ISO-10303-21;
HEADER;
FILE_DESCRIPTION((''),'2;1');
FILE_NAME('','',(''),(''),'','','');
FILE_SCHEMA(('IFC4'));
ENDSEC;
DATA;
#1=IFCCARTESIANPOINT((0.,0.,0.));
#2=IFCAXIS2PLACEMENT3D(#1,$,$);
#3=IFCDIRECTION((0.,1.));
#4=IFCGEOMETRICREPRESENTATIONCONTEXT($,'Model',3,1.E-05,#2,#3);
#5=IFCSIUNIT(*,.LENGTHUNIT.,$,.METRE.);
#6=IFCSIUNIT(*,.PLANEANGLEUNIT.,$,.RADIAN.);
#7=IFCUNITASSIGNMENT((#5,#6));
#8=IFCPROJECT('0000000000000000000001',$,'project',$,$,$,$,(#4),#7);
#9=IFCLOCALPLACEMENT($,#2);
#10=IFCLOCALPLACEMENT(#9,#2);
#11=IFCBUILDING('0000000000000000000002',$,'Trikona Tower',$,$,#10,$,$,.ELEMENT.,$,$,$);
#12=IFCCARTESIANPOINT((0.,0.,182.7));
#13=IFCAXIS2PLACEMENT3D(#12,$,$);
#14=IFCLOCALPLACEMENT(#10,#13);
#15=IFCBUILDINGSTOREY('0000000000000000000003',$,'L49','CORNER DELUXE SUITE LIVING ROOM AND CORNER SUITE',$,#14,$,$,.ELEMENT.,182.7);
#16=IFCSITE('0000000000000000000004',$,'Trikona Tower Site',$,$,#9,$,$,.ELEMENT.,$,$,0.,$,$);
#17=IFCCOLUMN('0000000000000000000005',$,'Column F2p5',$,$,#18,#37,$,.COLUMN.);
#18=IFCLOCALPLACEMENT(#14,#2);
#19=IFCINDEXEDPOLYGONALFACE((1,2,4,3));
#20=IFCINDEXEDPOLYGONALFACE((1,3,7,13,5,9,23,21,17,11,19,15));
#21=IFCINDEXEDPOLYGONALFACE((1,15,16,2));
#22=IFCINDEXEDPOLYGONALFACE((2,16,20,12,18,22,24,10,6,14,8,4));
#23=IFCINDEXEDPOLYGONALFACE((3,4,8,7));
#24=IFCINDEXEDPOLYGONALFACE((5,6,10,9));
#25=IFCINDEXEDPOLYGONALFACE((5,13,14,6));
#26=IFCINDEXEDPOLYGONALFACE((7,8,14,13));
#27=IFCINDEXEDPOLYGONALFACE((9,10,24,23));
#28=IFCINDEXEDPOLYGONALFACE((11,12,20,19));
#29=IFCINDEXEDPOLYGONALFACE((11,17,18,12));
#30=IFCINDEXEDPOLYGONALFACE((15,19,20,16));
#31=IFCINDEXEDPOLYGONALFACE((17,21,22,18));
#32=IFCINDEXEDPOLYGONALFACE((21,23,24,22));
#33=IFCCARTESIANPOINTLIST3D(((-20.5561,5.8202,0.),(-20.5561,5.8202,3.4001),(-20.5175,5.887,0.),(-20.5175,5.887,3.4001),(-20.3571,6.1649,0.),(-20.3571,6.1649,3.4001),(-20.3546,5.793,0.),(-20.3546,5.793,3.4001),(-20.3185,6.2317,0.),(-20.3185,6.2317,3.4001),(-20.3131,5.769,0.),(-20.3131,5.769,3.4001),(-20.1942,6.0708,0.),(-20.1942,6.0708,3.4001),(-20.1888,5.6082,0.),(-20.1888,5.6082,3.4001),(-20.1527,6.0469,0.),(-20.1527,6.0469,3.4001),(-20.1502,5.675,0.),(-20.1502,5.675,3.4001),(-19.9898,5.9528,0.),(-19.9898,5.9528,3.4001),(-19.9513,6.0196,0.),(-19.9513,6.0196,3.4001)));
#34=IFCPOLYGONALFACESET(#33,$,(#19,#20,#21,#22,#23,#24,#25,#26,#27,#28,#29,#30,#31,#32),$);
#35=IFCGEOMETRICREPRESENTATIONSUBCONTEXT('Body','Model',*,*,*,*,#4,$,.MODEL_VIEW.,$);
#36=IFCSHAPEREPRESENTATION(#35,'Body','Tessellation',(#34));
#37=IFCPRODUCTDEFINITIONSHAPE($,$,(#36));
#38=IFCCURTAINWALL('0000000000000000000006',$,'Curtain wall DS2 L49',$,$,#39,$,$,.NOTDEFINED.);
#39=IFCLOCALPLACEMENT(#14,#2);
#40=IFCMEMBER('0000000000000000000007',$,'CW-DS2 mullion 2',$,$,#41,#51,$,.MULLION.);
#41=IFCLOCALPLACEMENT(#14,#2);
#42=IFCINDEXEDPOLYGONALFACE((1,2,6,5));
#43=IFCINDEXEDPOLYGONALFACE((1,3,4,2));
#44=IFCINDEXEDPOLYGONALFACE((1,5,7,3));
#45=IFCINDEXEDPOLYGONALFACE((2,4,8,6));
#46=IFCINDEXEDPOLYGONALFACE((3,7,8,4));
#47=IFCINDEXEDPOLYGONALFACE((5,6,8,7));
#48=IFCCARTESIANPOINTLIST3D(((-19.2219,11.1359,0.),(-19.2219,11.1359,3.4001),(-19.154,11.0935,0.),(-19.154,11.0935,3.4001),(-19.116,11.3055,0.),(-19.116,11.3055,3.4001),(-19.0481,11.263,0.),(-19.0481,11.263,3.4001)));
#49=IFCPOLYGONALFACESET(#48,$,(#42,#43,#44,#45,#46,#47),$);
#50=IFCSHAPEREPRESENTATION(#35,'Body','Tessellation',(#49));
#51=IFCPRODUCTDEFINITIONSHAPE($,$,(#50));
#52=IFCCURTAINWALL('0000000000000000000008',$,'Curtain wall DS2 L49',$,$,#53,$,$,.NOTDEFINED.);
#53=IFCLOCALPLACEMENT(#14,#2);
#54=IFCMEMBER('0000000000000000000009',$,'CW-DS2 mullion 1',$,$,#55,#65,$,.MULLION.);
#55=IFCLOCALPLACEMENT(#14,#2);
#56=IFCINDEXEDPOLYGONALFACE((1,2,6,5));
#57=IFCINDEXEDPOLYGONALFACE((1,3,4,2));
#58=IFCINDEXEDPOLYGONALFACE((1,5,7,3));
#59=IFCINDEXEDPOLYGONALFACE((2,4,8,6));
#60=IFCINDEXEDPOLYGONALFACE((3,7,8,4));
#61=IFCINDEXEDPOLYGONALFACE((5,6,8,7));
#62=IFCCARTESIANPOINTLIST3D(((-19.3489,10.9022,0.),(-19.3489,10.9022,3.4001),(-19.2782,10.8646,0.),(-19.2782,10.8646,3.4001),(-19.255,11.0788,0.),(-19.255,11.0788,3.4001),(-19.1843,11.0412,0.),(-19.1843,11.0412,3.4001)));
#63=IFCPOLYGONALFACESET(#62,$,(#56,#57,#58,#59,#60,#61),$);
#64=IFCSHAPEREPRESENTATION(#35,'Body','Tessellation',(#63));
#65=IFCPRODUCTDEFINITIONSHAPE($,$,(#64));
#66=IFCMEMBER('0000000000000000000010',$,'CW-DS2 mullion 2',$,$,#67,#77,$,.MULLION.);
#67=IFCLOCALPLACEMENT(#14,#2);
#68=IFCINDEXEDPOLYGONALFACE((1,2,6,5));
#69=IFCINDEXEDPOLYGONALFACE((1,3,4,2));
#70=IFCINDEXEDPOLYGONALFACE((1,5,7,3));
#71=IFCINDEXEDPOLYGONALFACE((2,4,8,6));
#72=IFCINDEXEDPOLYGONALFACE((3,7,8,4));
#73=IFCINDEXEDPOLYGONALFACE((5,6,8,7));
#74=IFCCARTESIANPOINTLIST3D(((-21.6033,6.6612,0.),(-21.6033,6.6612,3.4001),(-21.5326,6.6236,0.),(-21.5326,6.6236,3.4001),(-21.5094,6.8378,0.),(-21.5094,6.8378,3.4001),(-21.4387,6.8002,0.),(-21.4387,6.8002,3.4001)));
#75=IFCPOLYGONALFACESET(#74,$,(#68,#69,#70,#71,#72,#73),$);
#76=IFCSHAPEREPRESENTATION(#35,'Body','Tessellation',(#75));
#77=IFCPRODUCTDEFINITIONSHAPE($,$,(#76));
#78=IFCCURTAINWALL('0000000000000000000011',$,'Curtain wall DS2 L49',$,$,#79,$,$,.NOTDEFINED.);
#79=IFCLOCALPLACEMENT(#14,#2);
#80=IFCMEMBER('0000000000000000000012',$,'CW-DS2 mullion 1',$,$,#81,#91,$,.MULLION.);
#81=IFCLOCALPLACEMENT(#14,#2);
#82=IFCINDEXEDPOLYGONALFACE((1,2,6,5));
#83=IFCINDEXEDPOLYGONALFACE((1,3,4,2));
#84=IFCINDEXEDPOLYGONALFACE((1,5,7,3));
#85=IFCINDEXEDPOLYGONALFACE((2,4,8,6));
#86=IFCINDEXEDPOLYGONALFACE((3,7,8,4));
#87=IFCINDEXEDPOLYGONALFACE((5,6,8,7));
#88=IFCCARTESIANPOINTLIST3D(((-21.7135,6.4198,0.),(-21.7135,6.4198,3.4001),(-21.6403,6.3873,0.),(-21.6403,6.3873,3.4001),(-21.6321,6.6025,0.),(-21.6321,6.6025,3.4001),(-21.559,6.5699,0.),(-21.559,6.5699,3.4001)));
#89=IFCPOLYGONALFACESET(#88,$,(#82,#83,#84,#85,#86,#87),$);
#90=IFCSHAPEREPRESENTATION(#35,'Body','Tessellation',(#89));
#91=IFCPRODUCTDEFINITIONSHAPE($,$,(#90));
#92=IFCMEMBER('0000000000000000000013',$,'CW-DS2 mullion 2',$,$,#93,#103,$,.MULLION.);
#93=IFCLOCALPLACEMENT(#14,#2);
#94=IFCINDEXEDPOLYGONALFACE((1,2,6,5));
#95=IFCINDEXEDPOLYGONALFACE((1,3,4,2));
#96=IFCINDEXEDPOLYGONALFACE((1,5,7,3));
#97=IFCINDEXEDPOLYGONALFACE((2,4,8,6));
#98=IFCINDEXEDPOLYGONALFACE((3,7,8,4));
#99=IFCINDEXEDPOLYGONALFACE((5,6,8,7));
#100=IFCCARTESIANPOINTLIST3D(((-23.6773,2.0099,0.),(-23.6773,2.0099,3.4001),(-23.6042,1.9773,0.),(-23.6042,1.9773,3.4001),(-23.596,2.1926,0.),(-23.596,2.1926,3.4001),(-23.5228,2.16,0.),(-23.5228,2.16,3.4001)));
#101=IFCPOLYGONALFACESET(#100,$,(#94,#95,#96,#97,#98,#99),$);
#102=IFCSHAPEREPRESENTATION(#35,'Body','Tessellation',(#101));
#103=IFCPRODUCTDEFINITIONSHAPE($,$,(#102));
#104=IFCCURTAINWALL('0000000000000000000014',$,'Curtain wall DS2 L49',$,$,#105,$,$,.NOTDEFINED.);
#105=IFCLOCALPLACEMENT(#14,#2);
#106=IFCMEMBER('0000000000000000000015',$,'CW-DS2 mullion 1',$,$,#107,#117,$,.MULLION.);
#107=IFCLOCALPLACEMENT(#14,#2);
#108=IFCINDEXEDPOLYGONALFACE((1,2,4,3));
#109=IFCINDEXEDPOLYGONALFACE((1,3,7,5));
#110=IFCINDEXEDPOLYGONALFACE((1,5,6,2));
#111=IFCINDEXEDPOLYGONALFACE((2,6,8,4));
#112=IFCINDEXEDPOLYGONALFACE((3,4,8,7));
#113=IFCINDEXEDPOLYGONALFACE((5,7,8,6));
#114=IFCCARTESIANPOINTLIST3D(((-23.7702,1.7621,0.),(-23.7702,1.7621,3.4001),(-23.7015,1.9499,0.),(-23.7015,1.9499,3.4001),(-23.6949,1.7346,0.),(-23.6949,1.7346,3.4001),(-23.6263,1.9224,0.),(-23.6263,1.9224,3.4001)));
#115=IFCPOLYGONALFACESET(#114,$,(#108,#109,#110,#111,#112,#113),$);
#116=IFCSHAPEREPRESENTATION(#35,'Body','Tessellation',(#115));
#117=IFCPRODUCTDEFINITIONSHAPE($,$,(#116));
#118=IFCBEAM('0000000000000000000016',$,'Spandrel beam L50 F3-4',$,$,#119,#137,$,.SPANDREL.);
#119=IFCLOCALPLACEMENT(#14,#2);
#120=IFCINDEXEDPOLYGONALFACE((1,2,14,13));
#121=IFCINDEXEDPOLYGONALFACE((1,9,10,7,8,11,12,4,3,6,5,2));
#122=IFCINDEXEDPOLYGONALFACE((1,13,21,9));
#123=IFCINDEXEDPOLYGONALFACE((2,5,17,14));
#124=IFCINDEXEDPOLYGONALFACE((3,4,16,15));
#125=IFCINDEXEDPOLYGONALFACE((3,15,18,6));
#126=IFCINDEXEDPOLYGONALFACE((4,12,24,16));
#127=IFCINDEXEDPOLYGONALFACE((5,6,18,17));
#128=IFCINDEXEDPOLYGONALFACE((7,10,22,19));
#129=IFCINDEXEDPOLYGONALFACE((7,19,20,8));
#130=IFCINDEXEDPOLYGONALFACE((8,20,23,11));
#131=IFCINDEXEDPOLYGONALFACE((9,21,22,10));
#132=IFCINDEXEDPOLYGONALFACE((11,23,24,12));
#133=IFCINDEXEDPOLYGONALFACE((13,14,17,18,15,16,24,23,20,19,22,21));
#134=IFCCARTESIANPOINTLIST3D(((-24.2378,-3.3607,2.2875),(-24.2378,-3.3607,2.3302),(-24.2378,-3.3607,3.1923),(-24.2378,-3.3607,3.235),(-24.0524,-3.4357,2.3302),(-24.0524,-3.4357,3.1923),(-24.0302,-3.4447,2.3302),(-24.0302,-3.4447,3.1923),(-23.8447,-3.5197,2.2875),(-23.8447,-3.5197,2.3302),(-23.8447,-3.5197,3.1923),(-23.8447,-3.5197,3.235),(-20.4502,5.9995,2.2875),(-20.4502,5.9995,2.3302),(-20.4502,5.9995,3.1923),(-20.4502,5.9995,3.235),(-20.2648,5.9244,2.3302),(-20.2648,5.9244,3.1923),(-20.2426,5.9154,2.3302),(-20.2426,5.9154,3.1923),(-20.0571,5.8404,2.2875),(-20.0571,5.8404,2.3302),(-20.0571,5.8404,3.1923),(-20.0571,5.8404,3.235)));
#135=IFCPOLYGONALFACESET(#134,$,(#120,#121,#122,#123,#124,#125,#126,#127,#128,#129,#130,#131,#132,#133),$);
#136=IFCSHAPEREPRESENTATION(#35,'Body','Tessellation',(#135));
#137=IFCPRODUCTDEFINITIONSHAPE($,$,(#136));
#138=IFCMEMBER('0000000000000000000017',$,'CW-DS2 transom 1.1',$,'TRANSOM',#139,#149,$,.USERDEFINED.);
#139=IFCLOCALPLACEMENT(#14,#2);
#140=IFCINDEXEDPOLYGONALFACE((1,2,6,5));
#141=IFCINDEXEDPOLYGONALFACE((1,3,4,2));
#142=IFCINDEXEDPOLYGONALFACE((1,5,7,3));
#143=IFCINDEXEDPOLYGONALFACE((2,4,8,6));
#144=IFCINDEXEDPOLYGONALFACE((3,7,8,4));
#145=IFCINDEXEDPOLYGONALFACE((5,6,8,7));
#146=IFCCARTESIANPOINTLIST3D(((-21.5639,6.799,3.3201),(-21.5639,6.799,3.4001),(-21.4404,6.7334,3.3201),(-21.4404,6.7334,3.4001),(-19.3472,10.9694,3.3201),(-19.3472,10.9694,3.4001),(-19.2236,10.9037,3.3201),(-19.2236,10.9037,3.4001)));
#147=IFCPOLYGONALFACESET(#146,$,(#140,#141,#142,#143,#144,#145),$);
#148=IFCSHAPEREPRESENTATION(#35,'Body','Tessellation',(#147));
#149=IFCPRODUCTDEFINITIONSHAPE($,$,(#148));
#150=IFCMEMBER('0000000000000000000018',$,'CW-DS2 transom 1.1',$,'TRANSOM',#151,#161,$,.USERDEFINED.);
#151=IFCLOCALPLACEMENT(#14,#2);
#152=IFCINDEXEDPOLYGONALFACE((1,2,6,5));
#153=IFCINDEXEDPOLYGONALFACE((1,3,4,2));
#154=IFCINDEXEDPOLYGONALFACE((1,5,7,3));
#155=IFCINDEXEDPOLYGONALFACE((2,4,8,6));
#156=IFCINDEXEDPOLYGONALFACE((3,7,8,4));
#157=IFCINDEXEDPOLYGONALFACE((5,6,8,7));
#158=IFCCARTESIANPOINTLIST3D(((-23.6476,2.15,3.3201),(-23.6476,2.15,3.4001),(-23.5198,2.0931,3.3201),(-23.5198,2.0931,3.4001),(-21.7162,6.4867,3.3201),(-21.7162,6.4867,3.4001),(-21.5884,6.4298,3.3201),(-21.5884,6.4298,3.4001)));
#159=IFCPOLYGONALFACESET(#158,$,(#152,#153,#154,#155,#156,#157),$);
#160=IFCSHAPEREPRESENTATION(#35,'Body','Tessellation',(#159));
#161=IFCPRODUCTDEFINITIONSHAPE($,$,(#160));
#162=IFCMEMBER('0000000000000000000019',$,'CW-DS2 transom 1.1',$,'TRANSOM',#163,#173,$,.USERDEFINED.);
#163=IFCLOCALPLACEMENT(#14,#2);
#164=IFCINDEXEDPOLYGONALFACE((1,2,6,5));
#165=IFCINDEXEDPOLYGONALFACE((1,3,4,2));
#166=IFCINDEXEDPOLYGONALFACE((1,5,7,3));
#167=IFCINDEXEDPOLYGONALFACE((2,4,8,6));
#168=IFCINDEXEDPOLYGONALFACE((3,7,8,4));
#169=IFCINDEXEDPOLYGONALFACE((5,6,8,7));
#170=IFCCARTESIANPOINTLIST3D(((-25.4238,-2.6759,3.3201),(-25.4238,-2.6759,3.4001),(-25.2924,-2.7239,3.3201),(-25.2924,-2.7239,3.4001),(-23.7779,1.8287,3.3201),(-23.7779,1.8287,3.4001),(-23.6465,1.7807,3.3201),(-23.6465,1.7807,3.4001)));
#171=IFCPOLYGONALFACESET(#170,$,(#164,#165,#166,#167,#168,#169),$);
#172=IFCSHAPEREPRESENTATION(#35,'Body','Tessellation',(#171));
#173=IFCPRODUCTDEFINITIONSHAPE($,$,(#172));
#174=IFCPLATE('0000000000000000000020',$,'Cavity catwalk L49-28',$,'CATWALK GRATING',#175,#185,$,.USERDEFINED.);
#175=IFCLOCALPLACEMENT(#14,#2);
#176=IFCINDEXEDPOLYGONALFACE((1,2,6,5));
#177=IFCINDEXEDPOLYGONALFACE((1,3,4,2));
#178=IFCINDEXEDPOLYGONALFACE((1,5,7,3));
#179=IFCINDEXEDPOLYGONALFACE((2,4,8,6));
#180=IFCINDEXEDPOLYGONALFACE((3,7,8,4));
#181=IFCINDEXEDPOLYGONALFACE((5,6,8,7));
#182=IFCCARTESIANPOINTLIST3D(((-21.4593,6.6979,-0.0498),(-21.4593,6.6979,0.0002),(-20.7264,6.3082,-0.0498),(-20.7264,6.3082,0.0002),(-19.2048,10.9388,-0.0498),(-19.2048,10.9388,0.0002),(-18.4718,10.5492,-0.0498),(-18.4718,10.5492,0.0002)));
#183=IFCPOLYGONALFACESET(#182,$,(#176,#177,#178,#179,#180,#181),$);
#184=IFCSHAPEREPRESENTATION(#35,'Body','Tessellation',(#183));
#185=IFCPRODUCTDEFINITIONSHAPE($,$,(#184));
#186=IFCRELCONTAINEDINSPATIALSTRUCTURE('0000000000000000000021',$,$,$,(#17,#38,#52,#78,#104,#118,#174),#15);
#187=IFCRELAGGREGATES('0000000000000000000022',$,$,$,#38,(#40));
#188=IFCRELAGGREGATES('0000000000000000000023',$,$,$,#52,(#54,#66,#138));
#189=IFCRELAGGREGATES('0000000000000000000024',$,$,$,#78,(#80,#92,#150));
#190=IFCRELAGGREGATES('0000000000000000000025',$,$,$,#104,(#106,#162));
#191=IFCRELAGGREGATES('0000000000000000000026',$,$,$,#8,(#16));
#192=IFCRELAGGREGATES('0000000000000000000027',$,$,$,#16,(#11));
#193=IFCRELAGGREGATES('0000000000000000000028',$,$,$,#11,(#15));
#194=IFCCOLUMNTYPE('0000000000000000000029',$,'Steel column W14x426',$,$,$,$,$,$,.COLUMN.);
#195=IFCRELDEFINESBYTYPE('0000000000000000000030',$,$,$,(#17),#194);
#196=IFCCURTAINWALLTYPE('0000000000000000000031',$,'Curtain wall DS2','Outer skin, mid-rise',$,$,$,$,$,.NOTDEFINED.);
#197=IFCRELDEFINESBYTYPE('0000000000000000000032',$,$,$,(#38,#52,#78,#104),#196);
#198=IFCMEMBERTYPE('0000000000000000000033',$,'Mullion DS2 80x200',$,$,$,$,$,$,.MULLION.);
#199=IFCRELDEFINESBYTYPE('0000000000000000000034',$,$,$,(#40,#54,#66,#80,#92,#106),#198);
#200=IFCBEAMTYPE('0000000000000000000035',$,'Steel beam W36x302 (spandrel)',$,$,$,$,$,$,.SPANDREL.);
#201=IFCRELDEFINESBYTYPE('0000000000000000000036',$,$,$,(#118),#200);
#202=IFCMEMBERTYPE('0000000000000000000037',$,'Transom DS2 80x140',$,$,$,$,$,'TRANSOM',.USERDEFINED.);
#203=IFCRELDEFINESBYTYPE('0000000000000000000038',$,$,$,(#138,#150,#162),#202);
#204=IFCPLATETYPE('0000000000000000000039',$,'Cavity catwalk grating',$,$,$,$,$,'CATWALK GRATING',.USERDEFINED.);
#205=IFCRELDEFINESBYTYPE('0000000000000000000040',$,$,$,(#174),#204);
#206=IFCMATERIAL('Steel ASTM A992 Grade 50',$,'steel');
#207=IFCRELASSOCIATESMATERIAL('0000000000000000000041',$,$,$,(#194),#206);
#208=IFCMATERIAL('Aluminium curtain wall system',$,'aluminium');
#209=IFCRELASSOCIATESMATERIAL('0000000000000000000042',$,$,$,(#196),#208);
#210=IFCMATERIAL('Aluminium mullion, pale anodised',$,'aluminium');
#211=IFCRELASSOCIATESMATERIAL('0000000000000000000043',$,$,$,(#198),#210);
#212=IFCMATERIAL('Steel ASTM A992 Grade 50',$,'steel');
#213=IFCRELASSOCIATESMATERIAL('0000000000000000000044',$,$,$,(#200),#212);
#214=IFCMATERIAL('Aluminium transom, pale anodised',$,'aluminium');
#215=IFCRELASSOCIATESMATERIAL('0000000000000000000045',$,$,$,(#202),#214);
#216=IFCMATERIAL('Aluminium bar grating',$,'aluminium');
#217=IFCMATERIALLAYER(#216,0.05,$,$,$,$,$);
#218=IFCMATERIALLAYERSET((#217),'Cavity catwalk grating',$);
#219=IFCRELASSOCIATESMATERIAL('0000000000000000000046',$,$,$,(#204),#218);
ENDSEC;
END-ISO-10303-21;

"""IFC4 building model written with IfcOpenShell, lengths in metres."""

from ifc_helpers import new_model, si_unit, direction, frame, origin, origin_2d, place, context, subcontext, project, spatial, rectangle, i_section, extrude, material, layer, layer_set, material_profile, profile_set, type_object, element, aggregate, save


model = new_model("IFC4")

# Units and contexts
model_context = context("Model", 3, precision=1e-05, world=origin(), true_north=direction((0.0, 1.0)))
body_context = subcontext(model_context, "Body", "Model", "MODEL_VIEW")
ifc_project = project(units=[si_unit("LENGTHUNIT", "METRE"), si_unit("PLANEANGLEUNIT", "RADIAN")], contexts=[model_context])

# Site, building, storey
site_placement = place(None, origin())
site = spatial("IfcSite", under=ifc_project, at=site_placement, Name="Trikona Tower Site", CompositionType="ELEMENT", RefElevation=0.0)
building_placement = place(site_placement, origin())
building = spatial("IfcBuilding", under=site, at=building_placement, Name="Trikona Tower", CompositionType="ELEMENT")
storey_placement = place(building_placement, frame((0.0, 0.0, 182.7)))
storey = spatial("IfcBuildingStorey", under=building, at=storey_placement, Name="L49", Description="CORNER DELUXE SUITE LIVING ROOM AND CORNER SUITE", CompositionType="ELEMENT", Elevation=182.7)

# Column
ifc_material_1 = material(Name="Steel ASTM A992 Grade 50", Category="steel")
ifc_material_profile_1 = material_profile(ifc_material_1, i_section(OverallWidth=0.4241, OverallDepth=0.4751, WebThickness=0.0479, FlangeThickness=0.0771, at=origin_2d()), Name="W14X426")
ifc_profile_set_1 = profile_set([ifc_material_profile_1], Name="Steel ASTM A992 Grade 50")
column_type = type_object("IfcColumnType", Name="Steel column W14x426", PredefinedType="COLUMN", material=ifc_profile_set_1)
column_placement = place(storey_placement, frame((-20.2537, 5.9199, 0.0), z_axis=(0.0, 0.0, 1.0), x_axis=(-0.866025, 0.5, 0.0)))
element("IfcColumn", 1, at=column_placement, inside=storey, type_object=column_type, Name="Column F2p5", PredefinedType="COLUMN", context=body_context, shape_type="SweptSolid", body=[
    extrude(i_section(OverallWidth=0.4241, OverallDepth=0.4751, WebThickness=0.0479, FlangeThickness=0.0771, at=origin_2d()), origin(), (0.0, 0.0, 1.0), 3.4001),
])

# Curtain wall, member
ifc_material_2 = material(Name="Aluminium curtain wall system", Category="aluminium")
curtain_wall_type = type_object("IfcCurtainWallType", Name="Curtain wall DS2", Description="Outer skin, mid-rise", PredefinedType="NOTDEFINED", material=ifc_material_2)
curtain_wall_1_placement = place(storey_placement, origin())
curtain_wall_1 = element("IfcCurtainWall", 2, at=curtain_wall_1_placement, inside=storey, type_object=curtain_wall_type, Name="Curtain wall DS2 L49", PredefinedType="NOTDEFINED")
ifc_material_3 = material(Name="Aluminium mullion, pale anodised", Category="aluminium")
ifc_material_profile_2 = material_profile(ifc_material_3, rectangle(XDim=0.0801, YDim=0.2, at=origin_2d()), Name="MUL-DS2")
ifc_profile_set_2 = profile_set([ifc_material_profile_2], Name="Aluminium mullion, pale anodised")
member_type_1 = type_object("IfcMemberType", Name="Mullion DS2 80x200", PredefinedType="MULLION", material=ifc_profile_set_2)
member_1_placement = place(storey_placement, frame((-19.135, 11.1995, 0.0), z_axis=(0.0, 0.0, 1.0), x_axis=(0.847998, -0.529999, 0.0)))
member_1 = element("IfcMember", 3, at=member_1_placement, type_object=member_type_1, Name="CW-DS2 mullion 2", PredefinedType="MULLION", context=body_context, shape_type="SweptSolid", body=[
    extrude(rectangle(XDim=0.0801, YDim=0.2, at=origin_2d()), origin(), (0.0, 0.0, 1.0), 3.4001),
])
aggregate(curtain_wall_1, [member_1])

# Curtain walls, members
curtain_wall_2_placement = place(storey_placement, origin())
curtain_wall_2 = element("IfcCurtainWall", 4, at=curtain_wall_2_placement, inside=storey, type_object=curtain_wall_type, Name="Curtain wall DS2 L49", PredefinedType="NOTDEFINED")
member_2_placement = place(storey_placement, frame((-19.2666, 10.9717, 0.0), z_axis=(0.0, 0.0, 1.0), x_axis=(0.882996, -0.46938, 0.0)))
member_2 = element("IfcMember", 5, at=member_2_placement, type_object=member_type_1, Name="CW-DS2 mullion 1", PredefinedType="MULLION", context=body_context, shape_type="SweptSolid", body=[
    extrude(rectangle(XDim=0.0801, YDim=0.2, at=origin_2d()), origin(), (0.0, 0.0, 1.0), 3.4001),
])
member_3_placement = place(storey_placement, frame((-21.521, 6.7307, 0.0), z_axis=(0.0, 0.0, 1.0), x_axis=(0.882996, -0.46938, 0.0)))
member_3 = element("IfcMember", 6, at=member_3_placement, type_object=member_type_1, Name="CW-DS2 mullion 2", PredefinedType="MULLION", context=body_context, shape_type="SweptSolid", body=[
    extrude(rectangle(XDim=0.0801, YDim=0.2, at=origin_2d()), origin(), (0.0, 0.0, 1.0), 3.4001),
])
curtain_wall_3_placement = place(storey_placement, origin())
curtain_wall_3 = element("IfcCurtainWall", 7, at=curtain_wall_3_placement, inside=storey, type_object=curtain_wall_type, Name="Curtain wall DS2 L49", PredefinedType="NOTDEFINED")
member_4_placement = place(storey_placement, frame((-21.6362, 6.4949, 0.0), z_axis=(0.0, 0.0, 1.0), x_axis=(0.913501, -0.406836, 0.0)))
member_4 = element("IfcMember", 8, at=member_4_placement, type_object=member_type_1, Name="CW-DS2 mullion 1", PredefinedType="MULLION", context=body_context, shape_type="SweptSolid", body=[
    extrude(rectangle(XDim=0.0801, YDim=0.2, at=origin_2d()), origin(), (0.0, 0.0, 1.0), 3.4001),
])
member_5_placement = place(storey_placement, frame((-23.6001, 2.085, 0.0), z_axis=(0.0, 0.0, 1.0), x_axis=(0.913501, -0.406836, 0.0)))
member_5 = element("IfcMember", 9, at=member_5_placement, type_object=member_type_1, Name="CW-DS2 mullion 2", PredefinedType="MULLION", context=body_context, shape_type="SweptSolid", body=[
    extrude(rectangle(XDim=0.0801, YDim=0.2, at=origin_2d()), origin(), (0.0, 0.0, 1.0), 3.4001),
])

# Curtain wall, member
curtain_wall_4_placement = place(storey_placement, origin())
curtain_wall_4 = element("IfcCurtainWall", 10, at=curtain_wall_4_placement, inside=storey, type_object=curtain_wall_type, Name="Curtain wall DS2 L49", PredefinedType="NOTDEFINED")
member_6_placement = place(storey_placement, frame((-23.6982, 1.8423, 0.0), z_axis=(0.0, 0.0, 1.0), x_axis=(0.939254, -0.343223, 0.0)))
member_6 = element("IfcMember", 11, at=member_6_placement, type_object=member_type_1, Name="CW-DS2 mullion 1", PredefinedType="MULLION", context=body_context, shape_type="SweptSolid", body=[
    extrude(rectangle(XDim=0.0801, YDim=0.2, at=origin_2d()), origin(), (0.0, 0.0, 1.0), 3.4001),
])

# Beam
ifc_material_4 = material(Name="Steel ASTM A992 Grade 50", Category="steel")
ifc_material_profile_3 = material_profile(ifc_material_4, i_section(OverallWidth=0.4241, OverallDepth=0.9475, WebThickness=0.0239, FlangeThickness=0.0427, at=origin_2d()), Name="W36X302")
ifc_profile_set_3 = profile_set([ifc_material_profile_3], Name="Steel ASTM A992 Grade 50")
beam_type = type_object("IfcBeamType", Name="Steel beam W36x302 (spandrel)", PredefinedType="SPANDREL", material=ifc_profile_set_3)
beam_placement = place(storey_placement, frame((-20.2537, 5.9199, 2.7612), z_axis=(-0.375106, -0.926982, 0.0), x_axis=(0.926982, -0.375106, 0.0)))
element("IfcBeam", 12, at=beam_placement, inside=storey, type_object=beam_type, Name="Spandrel beam L50 F3-4", PredefinedType="SPANDREL", context=body_context, shape_type="SweptSolid", body=[
    extrude(i_section(OverallWidth=0.4241, OverallDepth=0.9475, WebThickness=0.0239, FlangeThickness=0.0427, at=origin_2d()), origin(), (0.0, 0.0, 1.0), 10.0974),
])

# Members
ifc_material_5 = material(Name="Aluminium transom, pale anodised", Category="aluminium")
ifc_material_profile_4 = material_profile(ifc_material_5, rectangle(XDim=0.1399, YDim=0.0801, at=origin_2d()), Name="TRN-DS2")
ifc_profile_set_4 = profile_set([ifc_material_profile_4], Name="Aluminium transom, pale anodised")
member_type_2 = type_object("IfcMemberType", Name="Transom DS2 80x140", ElementType="TRANSOM", PredefinedType="USERDEFINED", material=ifc_profile_set_4)
member_7_placement = place(storey_placement, frame((-19.2854, 10.9365, 3.3601), z_axis=(-0.469364, -0.883005, 0.0), x_axis=(0.883005, -0.469364, 0.0)))
member_7 = element("IfcMember", 13, at=member_7_placement, type_object=member_type_2, Name="CW-DS2 transom 1.1", ObjectType="TRANSOM", PredefinedType="USERDEFINED", context=body_context, shape_type="SweptSolid", body=[
    extrude(rectangle(XDim=0.1399, YDim=0.0801, at=origin_2d()), origin(), (0.0, 0.0, 1.0), 4.7229),
])
member_8_placement = place(storey_placement, frame((-21.6523, 6.4583, 3.3601), z_axis=(-0.40684, -0.9135, 0.0), x_axis=(0.9135, -0.40684, 0.0)))
member_8 = element("IfcMember", 14, at=member_8_placement, type_object=member_type_2, Name="CW-DS2 transom 1.1", ObjectType="TRANSOM", PredefinedType="USERDEFINED", context=body_context, shape_type="SweptSolid", body=[
    extrude(rectangle(XDim=0.1399, YDim=0.0801, at=origin_2d()), origin(), (0.0, 0.0, 1.0), 4.7473),
])
member_9_placement = place(storey_placement, frame((-23.7122, 1.8047, 3.3601), z_axis=(-0.343206, -0.93926, 0.0), x_axis=(0.93926, -0.343206, 0.0)))
member_9 = element("IfcMember", 15, at=member_9_placement, type_object=member_type_2, Name="CW-DS2 transom 1.1", ObjectType="TRANSOM", PredefinedType="USERDEFINED", context=body_context, shape_type="SweptSolid", body=[
    extrude(rectangle(XDim=0.1399, YDim=0.0801, at=origin_2d()), origin(), (0.0, 0.0, 1.0), 4.7959),
])

# Plate
ifc_material_6 = material(Name="Aluminium bar grating", Category="aluminium")
ifc_layer_1 = layer(ifc_material_6, 0.05)
ifc_layer_set_1 = layer_set([ifc_layer_1], Name="Cavity catwalk grating")
plate_type_1 = type_object("IfcPlateType", Name="Cavity catwalk grating", ElementType="CATWALK GRATING", PredefinedType="USERDEFINED", material=ifc_layer_set_1)
plate_1_placement = place(storey_placement, frame((-19.9656, 8.6235, -0.0498), z_axis=(0.0, 0.0, 1.0), x_axis=(-0.469398, -0.882987, 0.0)))
element("IfcPlate", 16, at=plate_1_placement, inside=storey, type_object=plate_type_1, Name="Cavity catwalk L49-28", ObjectType="CATWALK GRATING", PredefinedType="USERDEFINED", context=body_context, shape_type="SweptSolid", body=[
    extrude(rectangle(XDim=4.803, YDim=0.8301, at=origin_2d()), origin(), (0.0, 0.0, 1.0), 0.05),
])

aggregate(curtain_wall_2, [member_2, member_3, member_7])
aggregate(curtain_wall_3, [member_4, member_5, member_8])
aggregate(curtain_wall_4, [member_6, member_9])

save(model, "model.ifc")
